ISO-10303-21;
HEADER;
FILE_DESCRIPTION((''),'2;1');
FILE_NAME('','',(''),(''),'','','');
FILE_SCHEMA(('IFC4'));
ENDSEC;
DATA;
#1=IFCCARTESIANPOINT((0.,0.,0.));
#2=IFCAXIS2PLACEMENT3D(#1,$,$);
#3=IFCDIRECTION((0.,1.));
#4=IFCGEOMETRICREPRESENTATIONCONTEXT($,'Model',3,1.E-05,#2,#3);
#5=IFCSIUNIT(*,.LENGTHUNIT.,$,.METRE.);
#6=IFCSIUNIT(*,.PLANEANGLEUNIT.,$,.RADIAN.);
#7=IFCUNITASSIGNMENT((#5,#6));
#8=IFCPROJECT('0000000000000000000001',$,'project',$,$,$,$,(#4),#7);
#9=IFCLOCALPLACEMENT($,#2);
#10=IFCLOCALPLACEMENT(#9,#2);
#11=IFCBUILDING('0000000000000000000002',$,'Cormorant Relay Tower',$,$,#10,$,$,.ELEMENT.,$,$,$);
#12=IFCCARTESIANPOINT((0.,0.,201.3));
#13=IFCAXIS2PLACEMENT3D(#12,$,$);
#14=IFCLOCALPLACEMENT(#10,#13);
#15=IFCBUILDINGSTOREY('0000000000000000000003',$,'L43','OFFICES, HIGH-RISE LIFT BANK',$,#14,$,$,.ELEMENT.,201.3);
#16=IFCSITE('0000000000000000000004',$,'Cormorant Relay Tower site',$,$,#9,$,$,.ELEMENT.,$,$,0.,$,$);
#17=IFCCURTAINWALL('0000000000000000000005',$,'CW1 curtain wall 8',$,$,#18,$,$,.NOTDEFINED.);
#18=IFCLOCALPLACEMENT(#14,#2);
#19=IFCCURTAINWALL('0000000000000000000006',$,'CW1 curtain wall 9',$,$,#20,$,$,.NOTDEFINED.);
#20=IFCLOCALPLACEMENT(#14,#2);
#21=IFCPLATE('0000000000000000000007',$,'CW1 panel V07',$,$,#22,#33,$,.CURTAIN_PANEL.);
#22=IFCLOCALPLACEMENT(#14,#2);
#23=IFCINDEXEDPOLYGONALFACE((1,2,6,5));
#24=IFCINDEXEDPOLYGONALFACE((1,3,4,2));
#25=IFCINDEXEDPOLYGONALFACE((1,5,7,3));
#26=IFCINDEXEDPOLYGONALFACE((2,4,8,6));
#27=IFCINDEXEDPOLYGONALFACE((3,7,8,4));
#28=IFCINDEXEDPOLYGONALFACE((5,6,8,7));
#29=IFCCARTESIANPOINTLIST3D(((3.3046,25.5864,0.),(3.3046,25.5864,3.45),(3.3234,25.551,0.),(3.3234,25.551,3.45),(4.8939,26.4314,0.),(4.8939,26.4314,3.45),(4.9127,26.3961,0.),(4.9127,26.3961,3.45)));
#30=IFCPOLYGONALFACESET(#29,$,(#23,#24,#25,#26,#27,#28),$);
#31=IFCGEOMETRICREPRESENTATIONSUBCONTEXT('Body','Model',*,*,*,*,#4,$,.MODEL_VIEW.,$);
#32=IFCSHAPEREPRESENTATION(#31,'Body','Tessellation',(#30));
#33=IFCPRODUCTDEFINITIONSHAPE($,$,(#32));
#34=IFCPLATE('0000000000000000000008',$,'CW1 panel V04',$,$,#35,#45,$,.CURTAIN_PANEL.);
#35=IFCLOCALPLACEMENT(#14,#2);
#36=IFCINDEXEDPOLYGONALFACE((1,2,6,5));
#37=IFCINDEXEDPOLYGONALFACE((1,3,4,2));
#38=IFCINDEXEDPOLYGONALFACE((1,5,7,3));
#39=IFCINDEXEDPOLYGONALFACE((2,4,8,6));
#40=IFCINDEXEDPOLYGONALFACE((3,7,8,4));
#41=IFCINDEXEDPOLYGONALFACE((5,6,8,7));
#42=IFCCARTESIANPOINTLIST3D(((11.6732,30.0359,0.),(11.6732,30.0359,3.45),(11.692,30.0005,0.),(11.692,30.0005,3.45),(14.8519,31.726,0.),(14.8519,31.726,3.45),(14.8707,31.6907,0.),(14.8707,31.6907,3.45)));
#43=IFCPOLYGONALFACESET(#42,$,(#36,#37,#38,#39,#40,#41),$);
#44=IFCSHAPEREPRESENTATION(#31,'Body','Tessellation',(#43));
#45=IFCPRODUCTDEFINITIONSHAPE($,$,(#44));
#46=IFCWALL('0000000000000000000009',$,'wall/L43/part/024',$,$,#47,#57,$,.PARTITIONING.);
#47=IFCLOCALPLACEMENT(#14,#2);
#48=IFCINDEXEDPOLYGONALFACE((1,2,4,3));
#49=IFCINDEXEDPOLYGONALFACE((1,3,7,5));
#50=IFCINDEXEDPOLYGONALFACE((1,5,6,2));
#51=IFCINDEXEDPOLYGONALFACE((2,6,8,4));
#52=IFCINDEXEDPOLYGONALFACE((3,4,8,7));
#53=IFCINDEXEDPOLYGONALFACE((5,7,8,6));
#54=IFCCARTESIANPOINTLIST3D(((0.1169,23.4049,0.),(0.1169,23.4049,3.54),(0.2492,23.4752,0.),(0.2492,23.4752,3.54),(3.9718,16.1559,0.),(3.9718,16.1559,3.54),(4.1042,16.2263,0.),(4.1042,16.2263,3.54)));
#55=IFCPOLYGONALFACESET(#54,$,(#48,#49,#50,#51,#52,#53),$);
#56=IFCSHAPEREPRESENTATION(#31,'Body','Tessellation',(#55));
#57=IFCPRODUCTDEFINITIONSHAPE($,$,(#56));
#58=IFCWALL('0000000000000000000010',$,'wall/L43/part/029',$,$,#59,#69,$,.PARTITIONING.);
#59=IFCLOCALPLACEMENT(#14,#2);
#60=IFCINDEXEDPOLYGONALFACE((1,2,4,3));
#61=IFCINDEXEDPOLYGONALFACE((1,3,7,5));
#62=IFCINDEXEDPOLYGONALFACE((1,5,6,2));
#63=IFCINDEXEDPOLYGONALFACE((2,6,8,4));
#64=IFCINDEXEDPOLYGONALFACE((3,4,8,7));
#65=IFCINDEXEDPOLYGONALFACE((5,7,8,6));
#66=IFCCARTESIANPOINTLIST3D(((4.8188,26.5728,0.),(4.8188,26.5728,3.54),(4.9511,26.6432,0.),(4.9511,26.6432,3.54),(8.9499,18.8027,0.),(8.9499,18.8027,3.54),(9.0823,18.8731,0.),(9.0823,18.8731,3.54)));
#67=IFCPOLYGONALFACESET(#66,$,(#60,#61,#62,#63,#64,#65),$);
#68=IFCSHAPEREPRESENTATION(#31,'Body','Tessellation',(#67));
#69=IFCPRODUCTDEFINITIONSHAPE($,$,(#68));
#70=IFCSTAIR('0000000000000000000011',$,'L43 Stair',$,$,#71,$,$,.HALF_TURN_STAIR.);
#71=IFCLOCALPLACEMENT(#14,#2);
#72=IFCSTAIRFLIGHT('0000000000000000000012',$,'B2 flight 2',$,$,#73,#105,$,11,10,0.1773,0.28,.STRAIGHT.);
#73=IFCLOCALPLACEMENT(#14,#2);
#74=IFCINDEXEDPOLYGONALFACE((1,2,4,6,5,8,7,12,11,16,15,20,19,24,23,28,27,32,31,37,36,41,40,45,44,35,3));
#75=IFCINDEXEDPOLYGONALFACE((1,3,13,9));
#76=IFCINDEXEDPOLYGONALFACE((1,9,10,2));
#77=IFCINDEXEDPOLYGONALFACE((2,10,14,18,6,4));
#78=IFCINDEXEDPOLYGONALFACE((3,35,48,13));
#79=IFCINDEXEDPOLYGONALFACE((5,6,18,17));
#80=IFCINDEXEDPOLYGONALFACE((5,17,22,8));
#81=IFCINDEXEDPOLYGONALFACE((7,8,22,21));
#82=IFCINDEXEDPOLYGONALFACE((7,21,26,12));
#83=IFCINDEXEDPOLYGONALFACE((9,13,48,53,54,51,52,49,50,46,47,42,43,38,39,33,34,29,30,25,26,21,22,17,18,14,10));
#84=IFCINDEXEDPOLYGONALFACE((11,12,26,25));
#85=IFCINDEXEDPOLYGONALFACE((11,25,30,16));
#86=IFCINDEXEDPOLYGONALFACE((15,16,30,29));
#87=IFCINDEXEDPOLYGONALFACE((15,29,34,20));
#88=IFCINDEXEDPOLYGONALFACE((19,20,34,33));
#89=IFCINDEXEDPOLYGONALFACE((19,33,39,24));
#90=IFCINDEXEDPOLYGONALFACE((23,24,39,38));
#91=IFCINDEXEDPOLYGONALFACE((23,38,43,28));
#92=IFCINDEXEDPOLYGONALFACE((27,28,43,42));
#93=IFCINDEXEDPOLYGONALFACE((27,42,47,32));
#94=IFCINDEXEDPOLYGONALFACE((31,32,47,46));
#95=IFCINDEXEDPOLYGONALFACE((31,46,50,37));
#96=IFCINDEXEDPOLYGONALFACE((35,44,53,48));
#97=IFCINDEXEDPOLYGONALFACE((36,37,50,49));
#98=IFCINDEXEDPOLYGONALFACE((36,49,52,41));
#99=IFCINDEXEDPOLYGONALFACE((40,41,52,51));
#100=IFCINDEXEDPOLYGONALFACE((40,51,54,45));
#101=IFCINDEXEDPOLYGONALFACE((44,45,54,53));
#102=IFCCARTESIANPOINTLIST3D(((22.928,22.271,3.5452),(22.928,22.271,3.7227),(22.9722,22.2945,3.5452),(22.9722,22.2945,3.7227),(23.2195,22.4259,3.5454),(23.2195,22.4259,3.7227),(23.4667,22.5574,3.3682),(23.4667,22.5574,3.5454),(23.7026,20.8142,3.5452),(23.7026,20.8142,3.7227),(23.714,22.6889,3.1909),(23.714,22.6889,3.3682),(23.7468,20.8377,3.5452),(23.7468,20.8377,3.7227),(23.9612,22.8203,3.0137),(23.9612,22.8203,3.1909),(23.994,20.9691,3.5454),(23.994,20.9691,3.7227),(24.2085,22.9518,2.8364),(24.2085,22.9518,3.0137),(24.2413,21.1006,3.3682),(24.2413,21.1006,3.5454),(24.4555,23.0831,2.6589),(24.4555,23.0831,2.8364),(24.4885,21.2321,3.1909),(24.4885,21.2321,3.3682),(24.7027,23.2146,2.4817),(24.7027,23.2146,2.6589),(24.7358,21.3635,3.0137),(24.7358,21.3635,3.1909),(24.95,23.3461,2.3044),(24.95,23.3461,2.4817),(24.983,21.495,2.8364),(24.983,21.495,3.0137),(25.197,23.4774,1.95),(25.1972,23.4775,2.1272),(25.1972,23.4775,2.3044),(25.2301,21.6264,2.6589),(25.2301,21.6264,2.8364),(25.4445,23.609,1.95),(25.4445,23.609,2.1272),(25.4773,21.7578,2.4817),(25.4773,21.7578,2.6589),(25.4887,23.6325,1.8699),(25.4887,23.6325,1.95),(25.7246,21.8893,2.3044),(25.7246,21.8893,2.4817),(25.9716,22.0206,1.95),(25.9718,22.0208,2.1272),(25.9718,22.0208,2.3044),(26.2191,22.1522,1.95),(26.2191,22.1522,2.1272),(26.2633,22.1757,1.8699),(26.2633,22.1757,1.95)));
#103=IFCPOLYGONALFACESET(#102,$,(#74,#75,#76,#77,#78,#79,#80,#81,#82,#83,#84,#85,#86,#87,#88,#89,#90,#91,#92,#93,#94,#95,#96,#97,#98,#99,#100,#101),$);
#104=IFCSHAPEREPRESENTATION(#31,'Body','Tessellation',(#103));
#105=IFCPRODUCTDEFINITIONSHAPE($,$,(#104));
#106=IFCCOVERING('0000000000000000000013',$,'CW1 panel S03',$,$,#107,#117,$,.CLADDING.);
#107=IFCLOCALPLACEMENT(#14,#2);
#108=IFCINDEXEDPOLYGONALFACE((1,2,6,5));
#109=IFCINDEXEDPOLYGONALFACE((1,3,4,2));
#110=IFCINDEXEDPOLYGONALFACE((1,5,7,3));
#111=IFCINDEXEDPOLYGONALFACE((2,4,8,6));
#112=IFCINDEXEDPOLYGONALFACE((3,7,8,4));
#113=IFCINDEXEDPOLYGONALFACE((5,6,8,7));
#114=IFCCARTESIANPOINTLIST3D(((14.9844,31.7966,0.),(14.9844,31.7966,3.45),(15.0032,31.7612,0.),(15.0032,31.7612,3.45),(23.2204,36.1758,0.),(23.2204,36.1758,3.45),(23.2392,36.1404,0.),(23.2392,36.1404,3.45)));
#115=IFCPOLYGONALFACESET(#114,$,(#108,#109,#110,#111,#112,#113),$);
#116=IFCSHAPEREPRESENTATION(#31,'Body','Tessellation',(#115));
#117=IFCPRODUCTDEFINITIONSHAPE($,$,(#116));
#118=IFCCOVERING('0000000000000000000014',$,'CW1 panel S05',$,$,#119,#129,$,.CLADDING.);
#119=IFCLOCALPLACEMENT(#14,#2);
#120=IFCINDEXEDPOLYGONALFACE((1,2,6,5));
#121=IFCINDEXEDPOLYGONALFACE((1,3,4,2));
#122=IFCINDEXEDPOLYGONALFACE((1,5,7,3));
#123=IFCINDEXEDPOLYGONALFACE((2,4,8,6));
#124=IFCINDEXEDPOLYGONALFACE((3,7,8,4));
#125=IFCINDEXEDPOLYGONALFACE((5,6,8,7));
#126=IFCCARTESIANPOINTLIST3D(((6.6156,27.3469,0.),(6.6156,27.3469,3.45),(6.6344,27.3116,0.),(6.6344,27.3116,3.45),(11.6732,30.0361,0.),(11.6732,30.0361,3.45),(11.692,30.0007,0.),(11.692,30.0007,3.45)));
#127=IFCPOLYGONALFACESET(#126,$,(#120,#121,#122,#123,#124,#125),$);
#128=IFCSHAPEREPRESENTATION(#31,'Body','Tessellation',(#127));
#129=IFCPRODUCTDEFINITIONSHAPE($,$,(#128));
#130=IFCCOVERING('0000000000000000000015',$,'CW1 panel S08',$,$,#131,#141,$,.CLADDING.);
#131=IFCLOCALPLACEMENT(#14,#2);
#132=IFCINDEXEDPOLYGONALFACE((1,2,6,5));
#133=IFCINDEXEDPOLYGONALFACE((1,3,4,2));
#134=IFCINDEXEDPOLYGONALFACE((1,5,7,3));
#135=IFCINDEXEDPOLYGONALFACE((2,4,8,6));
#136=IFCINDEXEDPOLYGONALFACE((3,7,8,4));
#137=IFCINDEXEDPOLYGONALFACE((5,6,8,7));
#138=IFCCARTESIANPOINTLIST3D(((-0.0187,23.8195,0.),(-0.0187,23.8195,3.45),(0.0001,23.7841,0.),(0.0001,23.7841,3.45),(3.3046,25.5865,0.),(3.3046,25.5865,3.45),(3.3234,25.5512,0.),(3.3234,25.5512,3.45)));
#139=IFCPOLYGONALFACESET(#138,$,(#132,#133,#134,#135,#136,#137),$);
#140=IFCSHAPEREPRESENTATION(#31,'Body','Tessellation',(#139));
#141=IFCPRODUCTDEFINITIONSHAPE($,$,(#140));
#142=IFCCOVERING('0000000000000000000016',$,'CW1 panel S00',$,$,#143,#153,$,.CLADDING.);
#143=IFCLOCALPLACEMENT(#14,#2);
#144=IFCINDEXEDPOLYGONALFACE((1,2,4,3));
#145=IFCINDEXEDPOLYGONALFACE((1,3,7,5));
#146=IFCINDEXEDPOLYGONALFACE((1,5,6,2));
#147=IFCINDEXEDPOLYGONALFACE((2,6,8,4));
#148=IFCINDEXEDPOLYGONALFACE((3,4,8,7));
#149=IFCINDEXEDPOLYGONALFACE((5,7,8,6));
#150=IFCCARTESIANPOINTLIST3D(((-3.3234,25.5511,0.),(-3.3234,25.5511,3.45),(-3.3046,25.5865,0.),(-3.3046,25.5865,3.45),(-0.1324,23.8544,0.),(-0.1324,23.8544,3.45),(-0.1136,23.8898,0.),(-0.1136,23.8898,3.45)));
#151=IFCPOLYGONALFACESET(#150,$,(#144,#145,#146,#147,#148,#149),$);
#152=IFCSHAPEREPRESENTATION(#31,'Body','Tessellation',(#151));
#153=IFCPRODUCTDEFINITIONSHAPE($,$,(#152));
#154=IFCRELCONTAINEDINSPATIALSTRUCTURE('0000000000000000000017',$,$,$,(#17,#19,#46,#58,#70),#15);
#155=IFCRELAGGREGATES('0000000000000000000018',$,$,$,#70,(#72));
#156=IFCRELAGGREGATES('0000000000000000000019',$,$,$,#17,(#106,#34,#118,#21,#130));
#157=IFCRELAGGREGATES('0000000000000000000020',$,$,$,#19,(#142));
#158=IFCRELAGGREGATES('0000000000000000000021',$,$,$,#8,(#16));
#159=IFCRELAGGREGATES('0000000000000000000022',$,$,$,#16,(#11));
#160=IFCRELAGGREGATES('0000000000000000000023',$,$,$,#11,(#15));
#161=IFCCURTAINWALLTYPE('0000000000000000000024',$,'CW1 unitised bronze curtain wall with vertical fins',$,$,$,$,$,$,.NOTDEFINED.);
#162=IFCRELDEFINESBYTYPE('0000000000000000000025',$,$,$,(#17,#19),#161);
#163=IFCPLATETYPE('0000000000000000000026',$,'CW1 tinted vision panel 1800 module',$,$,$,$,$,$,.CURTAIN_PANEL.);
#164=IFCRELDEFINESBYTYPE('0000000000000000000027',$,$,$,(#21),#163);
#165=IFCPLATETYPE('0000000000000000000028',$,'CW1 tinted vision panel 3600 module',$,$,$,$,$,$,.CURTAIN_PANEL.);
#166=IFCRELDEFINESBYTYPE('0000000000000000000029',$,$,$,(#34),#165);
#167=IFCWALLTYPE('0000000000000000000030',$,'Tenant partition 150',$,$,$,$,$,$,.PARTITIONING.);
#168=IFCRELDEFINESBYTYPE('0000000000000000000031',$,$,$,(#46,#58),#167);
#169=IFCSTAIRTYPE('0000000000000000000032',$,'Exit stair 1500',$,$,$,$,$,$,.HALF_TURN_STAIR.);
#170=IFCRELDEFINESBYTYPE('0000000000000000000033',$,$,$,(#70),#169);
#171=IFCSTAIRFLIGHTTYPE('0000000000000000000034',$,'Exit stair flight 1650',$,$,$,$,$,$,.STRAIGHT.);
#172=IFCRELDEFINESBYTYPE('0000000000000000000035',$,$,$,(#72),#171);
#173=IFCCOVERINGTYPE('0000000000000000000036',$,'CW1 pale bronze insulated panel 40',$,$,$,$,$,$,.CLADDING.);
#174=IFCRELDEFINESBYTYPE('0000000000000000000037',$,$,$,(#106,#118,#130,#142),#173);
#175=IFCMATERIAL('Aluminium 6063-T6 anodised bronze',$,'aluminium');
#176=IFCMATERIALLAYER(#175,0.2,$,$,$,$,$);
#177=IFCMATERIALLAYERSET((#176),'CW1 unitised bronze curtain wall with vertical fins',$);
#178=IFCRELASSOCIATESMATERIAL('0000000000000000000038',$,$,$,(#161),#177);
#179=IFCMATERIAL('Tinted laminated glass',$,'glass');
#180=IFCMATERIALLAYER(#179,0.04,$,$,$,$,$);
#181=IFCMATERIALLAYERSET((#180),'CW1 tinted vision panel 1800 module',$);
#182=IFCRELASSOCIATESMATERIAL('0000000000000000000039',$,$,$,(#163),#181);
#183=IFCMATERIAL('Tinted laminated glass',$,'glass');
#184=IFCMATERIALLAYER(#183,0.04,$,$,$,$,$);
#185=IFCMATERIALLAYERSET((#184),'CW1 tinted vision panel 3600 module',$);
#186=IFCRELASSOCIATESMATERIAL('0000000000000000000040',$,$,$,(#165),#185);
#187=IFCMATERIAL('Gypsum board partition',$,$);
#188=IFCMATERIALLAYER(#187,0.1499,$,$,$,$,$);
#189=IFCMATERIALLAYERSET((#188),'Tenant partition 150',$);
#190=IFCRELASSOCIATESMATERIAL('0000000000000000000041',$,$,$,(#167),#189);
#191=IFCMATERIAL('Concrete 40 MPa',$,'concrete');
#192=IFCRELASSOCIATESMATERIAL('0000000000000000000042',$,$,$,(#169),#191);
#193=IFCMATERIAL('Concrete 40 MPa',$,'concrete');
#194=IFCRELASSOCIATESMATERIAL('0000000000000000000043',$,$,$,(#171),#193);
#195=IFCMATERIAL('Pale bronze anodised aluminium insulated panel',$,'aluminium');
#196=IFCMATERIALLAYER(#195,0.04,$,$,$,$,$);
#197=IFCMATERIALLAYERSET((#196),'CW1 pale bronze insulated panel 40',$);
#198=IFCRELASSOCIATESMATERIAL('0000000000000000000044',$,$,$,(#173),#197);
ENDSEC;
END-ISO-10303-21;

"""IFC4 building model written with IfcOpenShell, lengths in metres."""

from ifc_helpers import new_model, si_unit, direction, frame, frame_2d, origin, origin_2d, place, context, subcontext, project, spatial, polyline, rectangle, outline, extrude, material, layer, layer_set, type_object, element, aggregate, save


model = new_model("IFC4")

# Units and contexts
model_context = context("Model", 3, precision=1e-05, world=origin(), true_north=direction((0.0, 1.0)))
body_context = subcontext(model_context, "Body", "Model", "MODEL_VIEW")
ifc_project = project(units=[si_unit("LENGTHUNIT", "METRE"), si_unit("PLANEANGLEUNIT", "RADIAN")], contexts=[model_context])

# Site, building, storey
site_placement = place(None, origin())
site = spatial("IfcSite", under=ifc_project, at=site_placement, Name="Cormorant Relay Tower site", CompositionType="ELEMENT", RefElevation=0.0)
building_placement = place(site_placement, origin())
building = spatial("IfcBuilding", under=site, at=building_placement, Name="Cormorant Relay Tower", CompositionType="ELEMENT")
storey_placement = place(building_placement, frame((0.0, 0.0, 201.3)))
storey = spatial("IfcBuildingStorey", under=building, at=storey_placement, Name="L43", Description="OFFICES, HIGH-RISE LIFT BANK", CompositionType="ELEMENT", Elevation=201.3)

# Curtain walls
ifc_material_1 = material(Name="Aluminium 6063-T6 anodised bronze", Category="aluminium")
ifc_layer_1 = layer(ifc_material_1, 0.2)
ifc_layer_set_1 = layer_set([ifc_layer_1], Name="CW1 unitised bronze curtain wall with vertical fins")
curtain_wall_type = type_object("IfcCurtainWallType", Name="CW1 unitised bronze curtain wall with vertical fins", PredefinedType="NOTDEFINED", material=ifc_layer_set_1)
curtain_wall_1_placement = place(storey_placement, origin())
curtain_wall_1 = element("IfcCurtainWall", 1, at=curtain_wall_1_placement, inside=storey, type_object=curtain_wall_type, Name="CW1 curtain wall 8", PredefinedType="NOTDEFINED")
curtain_wall_2_placement = place(storey_placement, origin())
curtain_wall_2 = element("IfcCurtainWall", 2, at=curtain_wall_2_placement, inside=storey, type_object=curtain_wall_type, Name="CW1 curtain wall 9", PredefinedType="NOTDEFINED")

# Plates
ifc_material_2 = material(Name="Tinted laminated glass", Category="glass")
ifc_layer_2 = layer(ifc_material_2, 0.04)
ifc_layer_set_2 = layer_set([ifc_layer_2], Name="CW1 tinted vision panel 1800 module")
plate_type_1 = type_object("IfcPlateType", Name="CW1 tinted vision panel 1800 module", PredefinedType="CURTAIN_PANEL", material=ifc_layer_set_2)
plate_1_placement = place(storey_placement, frame((4.1086, 25.9912, 0.0), z_axis=(0.0, 0.0, 1.0), x_axis=(-0.882948, -0.469472, 0.0)))
plate_1 = element("IfcPlate", 3, at=plate_1_placement, type_object=plate_type_1, Name="CW1 panel V07", PredefinedType="CURTAIN_PANEL", context=body_context, shape_type="SweptSolid", body=[
    extrude(rectangle(XDim=1.8, YDim=0.04, at=origin_2d()), origin(), (0.0, 0.0, 1.0), 3.45),
])
ifc_material_3 = material(Name="Tinted laminated glass", Category="glass")
ifc_layer_3 = layer(ifc_material_3, 0.04)
ifc_layer_set_3 = layer_set([ifc_layer_3], Name="CW1 tinted vision panel 3600 module")
plate_type_2 = type_object("IfcPlateType", Name="CW1 tinted vision panel 3600 module", PredefinedType="CURTAIN_PANEL", material=ifc_layer_set_3)
plate_2_placement = place(storey_placement, frame((13.272, 30.8633, 0.0), z_axis=(0.0, 0.0, 1.0), x_axis=(-0.882948, -0.469472, 0.0)))
plate_2 = element("IfcPlate", 4, at=plate_2_placement, type_object=plate_type_2, Name="CW1 panel V04", PredefinedType="CURTAIN_PANEL", context=body_context, shape_type="SweptSolid", body=[
    extrude(rectangle(XDim=3.6001, YDim=0.04, at=origin_2d()), origin(), (0.0, 0.0, 1.0), 3.45),
])

# Walls
ifc_material_4 = material(Name="Gypsum board partition")
ifc_layer_4 = layer(ifc_material_4, 0.1499)
ifc_layer_set_4 = layer_set([ifc_layer_4], Name="Tenant partition 150")
wall_type = type_object("IfcWallType", Name="Tenant partition 150", PredefinedType="PARTITIONING", material=ifc_layer_set_4)
wall_1_placement = place(storey_placement, frame((0.1831, 23.4399, 0.0), z_axis=(0.0, 0.0, 1.0), x_axis=(0.469529, -0.882917, 0.0)))
element("IfcWall", 5, at=wall_1_placement, inside=storey, type_object=wall_type, Name="wall/L43/part/024", PredefinedType="PARTITIONING", context=body_context, shape_type="SweptSolid", body=[
    extrude(rectangle(XDim=8.2102, YDim=0.1499, at=frame_2d((4.105, 0.0))), origin(), (0.0, 0.0, 1.0), 3.54),
])
wall_2_placement = place(storey_placement, frame((4.885, 26.6079, 0.0), z_axis=(0.0, 0.0, 1.0), x_axis=(0.469446, -0.882961, 0.0)))
element("IfcWall", 6, at=wall_2_placement, inside=storey, type_object=wall_type, Name="wall/L43/part/029", PredefinedType="PARTITIONING", context=body_context, shape_type="SweptSolid", body=[
    extrude(rectangle(XDim=8.8, YDim=0.1499, at=frame_2d((4.3999, 0.0))), origin(), (0.0, 0.0, 1.0), 3.54),
])

# Stair, stair flight
ifc_material_5 = material(Name="Concrete 40 MPa", Category="concrete")
stair_type = type_object("IfcStairType", Name="Exit stair 1500", PredefinedType="HALF_TURN_STAIR", material=ifc_material_5)
stair_placement = place(storey_placement, origin())
stair = element("IfcStair", 7, at=stair_placement, inside=storey, type_object=stair_type, Name="L43 Stair", PredefinedType="HALF_TURN_STAIR")
ifc_material_6 = material(Name="Concrete 40 MPa", Category="concrete")
stair_flight_type = type_object("IfcStairFlightType", Name="Exit stair flight 1650", PredefinedType="STRAIGHT", material=ifc_material_6)
stair_flight_placement = place(storey_placement, frame((25.8318, 22.8806, 1.95), z_axis=(0.0, 0.0, 1.0), x_axis=(-0.882948, -0.469472, 0.0)))
stair_flight = element("IfcStairFlight", 8, at=stair_flight_placement, type_object=stair_flight_type, Name="B2 flight 2", NumberOfRisers=11, NumberOfTreads=10, PredefinedType="STRAIGHT", RiserHeight=0.1773, TreadLength=0.28, context=body_context, shape_type="SweptSolid", body=[
    extrude(outline(polyline([(-0.05, -0.0801), (-0.05, 0.0), (0.0, 0.0), (0.0, 0.1772), (0.28, 0.1772), (0.28, 0.3545), (0.5601, 0.3545), (0.5601, 0.5317), (0.8401, 0.5317), (0.8401, 0.709), (1.1201, 0.709), (1.1201, 0.8865), (1.3999, 0.8865), (1.3999, 1.0637), (1.6799, 1.0637), (1.6799, 1.241), (1.96, 1.241), (1.96, 1.4182), (2.24, 1.4182), (2.24, 1.5955), (2.52, 1.5955), (2.52, 1.7727), (2.8, 1.7727), (2.8501, 1.7727), (2.8501, 1.5952), (2.8, 1.5952), (0.2803, 0.0), (-0.05, -0.0801)])), frame((0.0, 0.825, 0.0), z_axis=(0.0, -1.0, 0.0), x_axis=(1.0, 0.0, 0.0)), (0.0, 0.0, 1.0), 1.6499),
])
aggregate(stair, [stair_flight])

# Coverings
ifc_material_7 = material(Name="Pale bronze anodised aluminium insulated panel", Category="aluminium")
ifc_layer_5 = layer(ifc_material_7, 0.04)
ifc_layer_set_5 = layer_set([ifc_layer_5], Name="CW1 pale bronze insulated panel 40")
covering_type = type_object("IfcCoveringType", Name="CW1 pale bronze insulated panel 40", PredefinedType="CLADDING", material=ifc_layer_set_5)
covering_1_placement = place(storey_placement, frame((19.1118, 33.9685, 0.0), z_axis=(0.0, 0.0, 1.0), x_axis=(-0.882948, -0.469472, 0.0)))
covering_1 = element("IfcCovering", 9, at=covering_1_placement, type_object=covering_type, Name="CW1 panel S03", PredefinedType="CLADDING", context=body_context, shape_type="SweptSolid", body=[
    extrude(rectangle(XDim=9.3279, YDim=0.04, at=origin_2d()), origin(), (0.0, 0.0, 1.0), 3.45),
])
covering_2_placement = place(storey_placement, frame((9.1538, 28.6738, 0.0), z_axis=(0.0, 0.0, 1.0), x_axis=(-0.882948, -0.469472, 0.0)))
covering_2 = element("IfcCovering", 10, at=covering_2_placement, type_object=covering_type, Name="CW1 panel S05", PredefinedType="CLADDING", context=body_context, shape_type="SweptSolid", body=[
    extrude(rectangle(XDim=5.728, YDim=0.04, at=origin_2d()), origin(), (0.0, 0.0, 1.0), 3.45),
])
covering_3_placement = place(storey_placement, frame((1.6523, 24.6853, 0.0), z_axis=(0.0, 0.0, 1.0), x_axis=(-0.882948, -0.469472, 0.0)))
covering_3 = element("IfcCovering", 11, at=covering_3_placement, type_object=covering_type, Name="CW1 panel S08", PredefinedType="CLADDING", context=body_context, shape_type="SweptSolid", body=[
    extrude(rectangle(XDim=3.7639, YDim=0.04, at=origin_2d()), origin(), (0.0, 0.0, 1.0), 3.45),
])
aggregate(curtain_wall_1, [covering_1, plate_2, covering_2, plate_1, covering_3])
covering_4_placement = place(storey_placement, frame((-1.7185, 24.7205, 0.0), z_axis=(0.0, 0.0, 1.0), x_axis=(-0.882948, 0.469472, 0.0)))
covering_4 = element("IfcCovering", 12, at=covering_4_placement, type_object=covering_type, Name="CW1 panel S00", PredefinedType="CLADDING", context=body_context, shape_type="SweptSolid", body=[
    extrude(rectangle(XDim=3.614, YDim=0.04, at=origin_2d()), origin(), (0.0, 0.0, 1.0), 3.45),
])
aggregate(curtain_wall_2, [covering_4])

save(model, "model.ifc")
